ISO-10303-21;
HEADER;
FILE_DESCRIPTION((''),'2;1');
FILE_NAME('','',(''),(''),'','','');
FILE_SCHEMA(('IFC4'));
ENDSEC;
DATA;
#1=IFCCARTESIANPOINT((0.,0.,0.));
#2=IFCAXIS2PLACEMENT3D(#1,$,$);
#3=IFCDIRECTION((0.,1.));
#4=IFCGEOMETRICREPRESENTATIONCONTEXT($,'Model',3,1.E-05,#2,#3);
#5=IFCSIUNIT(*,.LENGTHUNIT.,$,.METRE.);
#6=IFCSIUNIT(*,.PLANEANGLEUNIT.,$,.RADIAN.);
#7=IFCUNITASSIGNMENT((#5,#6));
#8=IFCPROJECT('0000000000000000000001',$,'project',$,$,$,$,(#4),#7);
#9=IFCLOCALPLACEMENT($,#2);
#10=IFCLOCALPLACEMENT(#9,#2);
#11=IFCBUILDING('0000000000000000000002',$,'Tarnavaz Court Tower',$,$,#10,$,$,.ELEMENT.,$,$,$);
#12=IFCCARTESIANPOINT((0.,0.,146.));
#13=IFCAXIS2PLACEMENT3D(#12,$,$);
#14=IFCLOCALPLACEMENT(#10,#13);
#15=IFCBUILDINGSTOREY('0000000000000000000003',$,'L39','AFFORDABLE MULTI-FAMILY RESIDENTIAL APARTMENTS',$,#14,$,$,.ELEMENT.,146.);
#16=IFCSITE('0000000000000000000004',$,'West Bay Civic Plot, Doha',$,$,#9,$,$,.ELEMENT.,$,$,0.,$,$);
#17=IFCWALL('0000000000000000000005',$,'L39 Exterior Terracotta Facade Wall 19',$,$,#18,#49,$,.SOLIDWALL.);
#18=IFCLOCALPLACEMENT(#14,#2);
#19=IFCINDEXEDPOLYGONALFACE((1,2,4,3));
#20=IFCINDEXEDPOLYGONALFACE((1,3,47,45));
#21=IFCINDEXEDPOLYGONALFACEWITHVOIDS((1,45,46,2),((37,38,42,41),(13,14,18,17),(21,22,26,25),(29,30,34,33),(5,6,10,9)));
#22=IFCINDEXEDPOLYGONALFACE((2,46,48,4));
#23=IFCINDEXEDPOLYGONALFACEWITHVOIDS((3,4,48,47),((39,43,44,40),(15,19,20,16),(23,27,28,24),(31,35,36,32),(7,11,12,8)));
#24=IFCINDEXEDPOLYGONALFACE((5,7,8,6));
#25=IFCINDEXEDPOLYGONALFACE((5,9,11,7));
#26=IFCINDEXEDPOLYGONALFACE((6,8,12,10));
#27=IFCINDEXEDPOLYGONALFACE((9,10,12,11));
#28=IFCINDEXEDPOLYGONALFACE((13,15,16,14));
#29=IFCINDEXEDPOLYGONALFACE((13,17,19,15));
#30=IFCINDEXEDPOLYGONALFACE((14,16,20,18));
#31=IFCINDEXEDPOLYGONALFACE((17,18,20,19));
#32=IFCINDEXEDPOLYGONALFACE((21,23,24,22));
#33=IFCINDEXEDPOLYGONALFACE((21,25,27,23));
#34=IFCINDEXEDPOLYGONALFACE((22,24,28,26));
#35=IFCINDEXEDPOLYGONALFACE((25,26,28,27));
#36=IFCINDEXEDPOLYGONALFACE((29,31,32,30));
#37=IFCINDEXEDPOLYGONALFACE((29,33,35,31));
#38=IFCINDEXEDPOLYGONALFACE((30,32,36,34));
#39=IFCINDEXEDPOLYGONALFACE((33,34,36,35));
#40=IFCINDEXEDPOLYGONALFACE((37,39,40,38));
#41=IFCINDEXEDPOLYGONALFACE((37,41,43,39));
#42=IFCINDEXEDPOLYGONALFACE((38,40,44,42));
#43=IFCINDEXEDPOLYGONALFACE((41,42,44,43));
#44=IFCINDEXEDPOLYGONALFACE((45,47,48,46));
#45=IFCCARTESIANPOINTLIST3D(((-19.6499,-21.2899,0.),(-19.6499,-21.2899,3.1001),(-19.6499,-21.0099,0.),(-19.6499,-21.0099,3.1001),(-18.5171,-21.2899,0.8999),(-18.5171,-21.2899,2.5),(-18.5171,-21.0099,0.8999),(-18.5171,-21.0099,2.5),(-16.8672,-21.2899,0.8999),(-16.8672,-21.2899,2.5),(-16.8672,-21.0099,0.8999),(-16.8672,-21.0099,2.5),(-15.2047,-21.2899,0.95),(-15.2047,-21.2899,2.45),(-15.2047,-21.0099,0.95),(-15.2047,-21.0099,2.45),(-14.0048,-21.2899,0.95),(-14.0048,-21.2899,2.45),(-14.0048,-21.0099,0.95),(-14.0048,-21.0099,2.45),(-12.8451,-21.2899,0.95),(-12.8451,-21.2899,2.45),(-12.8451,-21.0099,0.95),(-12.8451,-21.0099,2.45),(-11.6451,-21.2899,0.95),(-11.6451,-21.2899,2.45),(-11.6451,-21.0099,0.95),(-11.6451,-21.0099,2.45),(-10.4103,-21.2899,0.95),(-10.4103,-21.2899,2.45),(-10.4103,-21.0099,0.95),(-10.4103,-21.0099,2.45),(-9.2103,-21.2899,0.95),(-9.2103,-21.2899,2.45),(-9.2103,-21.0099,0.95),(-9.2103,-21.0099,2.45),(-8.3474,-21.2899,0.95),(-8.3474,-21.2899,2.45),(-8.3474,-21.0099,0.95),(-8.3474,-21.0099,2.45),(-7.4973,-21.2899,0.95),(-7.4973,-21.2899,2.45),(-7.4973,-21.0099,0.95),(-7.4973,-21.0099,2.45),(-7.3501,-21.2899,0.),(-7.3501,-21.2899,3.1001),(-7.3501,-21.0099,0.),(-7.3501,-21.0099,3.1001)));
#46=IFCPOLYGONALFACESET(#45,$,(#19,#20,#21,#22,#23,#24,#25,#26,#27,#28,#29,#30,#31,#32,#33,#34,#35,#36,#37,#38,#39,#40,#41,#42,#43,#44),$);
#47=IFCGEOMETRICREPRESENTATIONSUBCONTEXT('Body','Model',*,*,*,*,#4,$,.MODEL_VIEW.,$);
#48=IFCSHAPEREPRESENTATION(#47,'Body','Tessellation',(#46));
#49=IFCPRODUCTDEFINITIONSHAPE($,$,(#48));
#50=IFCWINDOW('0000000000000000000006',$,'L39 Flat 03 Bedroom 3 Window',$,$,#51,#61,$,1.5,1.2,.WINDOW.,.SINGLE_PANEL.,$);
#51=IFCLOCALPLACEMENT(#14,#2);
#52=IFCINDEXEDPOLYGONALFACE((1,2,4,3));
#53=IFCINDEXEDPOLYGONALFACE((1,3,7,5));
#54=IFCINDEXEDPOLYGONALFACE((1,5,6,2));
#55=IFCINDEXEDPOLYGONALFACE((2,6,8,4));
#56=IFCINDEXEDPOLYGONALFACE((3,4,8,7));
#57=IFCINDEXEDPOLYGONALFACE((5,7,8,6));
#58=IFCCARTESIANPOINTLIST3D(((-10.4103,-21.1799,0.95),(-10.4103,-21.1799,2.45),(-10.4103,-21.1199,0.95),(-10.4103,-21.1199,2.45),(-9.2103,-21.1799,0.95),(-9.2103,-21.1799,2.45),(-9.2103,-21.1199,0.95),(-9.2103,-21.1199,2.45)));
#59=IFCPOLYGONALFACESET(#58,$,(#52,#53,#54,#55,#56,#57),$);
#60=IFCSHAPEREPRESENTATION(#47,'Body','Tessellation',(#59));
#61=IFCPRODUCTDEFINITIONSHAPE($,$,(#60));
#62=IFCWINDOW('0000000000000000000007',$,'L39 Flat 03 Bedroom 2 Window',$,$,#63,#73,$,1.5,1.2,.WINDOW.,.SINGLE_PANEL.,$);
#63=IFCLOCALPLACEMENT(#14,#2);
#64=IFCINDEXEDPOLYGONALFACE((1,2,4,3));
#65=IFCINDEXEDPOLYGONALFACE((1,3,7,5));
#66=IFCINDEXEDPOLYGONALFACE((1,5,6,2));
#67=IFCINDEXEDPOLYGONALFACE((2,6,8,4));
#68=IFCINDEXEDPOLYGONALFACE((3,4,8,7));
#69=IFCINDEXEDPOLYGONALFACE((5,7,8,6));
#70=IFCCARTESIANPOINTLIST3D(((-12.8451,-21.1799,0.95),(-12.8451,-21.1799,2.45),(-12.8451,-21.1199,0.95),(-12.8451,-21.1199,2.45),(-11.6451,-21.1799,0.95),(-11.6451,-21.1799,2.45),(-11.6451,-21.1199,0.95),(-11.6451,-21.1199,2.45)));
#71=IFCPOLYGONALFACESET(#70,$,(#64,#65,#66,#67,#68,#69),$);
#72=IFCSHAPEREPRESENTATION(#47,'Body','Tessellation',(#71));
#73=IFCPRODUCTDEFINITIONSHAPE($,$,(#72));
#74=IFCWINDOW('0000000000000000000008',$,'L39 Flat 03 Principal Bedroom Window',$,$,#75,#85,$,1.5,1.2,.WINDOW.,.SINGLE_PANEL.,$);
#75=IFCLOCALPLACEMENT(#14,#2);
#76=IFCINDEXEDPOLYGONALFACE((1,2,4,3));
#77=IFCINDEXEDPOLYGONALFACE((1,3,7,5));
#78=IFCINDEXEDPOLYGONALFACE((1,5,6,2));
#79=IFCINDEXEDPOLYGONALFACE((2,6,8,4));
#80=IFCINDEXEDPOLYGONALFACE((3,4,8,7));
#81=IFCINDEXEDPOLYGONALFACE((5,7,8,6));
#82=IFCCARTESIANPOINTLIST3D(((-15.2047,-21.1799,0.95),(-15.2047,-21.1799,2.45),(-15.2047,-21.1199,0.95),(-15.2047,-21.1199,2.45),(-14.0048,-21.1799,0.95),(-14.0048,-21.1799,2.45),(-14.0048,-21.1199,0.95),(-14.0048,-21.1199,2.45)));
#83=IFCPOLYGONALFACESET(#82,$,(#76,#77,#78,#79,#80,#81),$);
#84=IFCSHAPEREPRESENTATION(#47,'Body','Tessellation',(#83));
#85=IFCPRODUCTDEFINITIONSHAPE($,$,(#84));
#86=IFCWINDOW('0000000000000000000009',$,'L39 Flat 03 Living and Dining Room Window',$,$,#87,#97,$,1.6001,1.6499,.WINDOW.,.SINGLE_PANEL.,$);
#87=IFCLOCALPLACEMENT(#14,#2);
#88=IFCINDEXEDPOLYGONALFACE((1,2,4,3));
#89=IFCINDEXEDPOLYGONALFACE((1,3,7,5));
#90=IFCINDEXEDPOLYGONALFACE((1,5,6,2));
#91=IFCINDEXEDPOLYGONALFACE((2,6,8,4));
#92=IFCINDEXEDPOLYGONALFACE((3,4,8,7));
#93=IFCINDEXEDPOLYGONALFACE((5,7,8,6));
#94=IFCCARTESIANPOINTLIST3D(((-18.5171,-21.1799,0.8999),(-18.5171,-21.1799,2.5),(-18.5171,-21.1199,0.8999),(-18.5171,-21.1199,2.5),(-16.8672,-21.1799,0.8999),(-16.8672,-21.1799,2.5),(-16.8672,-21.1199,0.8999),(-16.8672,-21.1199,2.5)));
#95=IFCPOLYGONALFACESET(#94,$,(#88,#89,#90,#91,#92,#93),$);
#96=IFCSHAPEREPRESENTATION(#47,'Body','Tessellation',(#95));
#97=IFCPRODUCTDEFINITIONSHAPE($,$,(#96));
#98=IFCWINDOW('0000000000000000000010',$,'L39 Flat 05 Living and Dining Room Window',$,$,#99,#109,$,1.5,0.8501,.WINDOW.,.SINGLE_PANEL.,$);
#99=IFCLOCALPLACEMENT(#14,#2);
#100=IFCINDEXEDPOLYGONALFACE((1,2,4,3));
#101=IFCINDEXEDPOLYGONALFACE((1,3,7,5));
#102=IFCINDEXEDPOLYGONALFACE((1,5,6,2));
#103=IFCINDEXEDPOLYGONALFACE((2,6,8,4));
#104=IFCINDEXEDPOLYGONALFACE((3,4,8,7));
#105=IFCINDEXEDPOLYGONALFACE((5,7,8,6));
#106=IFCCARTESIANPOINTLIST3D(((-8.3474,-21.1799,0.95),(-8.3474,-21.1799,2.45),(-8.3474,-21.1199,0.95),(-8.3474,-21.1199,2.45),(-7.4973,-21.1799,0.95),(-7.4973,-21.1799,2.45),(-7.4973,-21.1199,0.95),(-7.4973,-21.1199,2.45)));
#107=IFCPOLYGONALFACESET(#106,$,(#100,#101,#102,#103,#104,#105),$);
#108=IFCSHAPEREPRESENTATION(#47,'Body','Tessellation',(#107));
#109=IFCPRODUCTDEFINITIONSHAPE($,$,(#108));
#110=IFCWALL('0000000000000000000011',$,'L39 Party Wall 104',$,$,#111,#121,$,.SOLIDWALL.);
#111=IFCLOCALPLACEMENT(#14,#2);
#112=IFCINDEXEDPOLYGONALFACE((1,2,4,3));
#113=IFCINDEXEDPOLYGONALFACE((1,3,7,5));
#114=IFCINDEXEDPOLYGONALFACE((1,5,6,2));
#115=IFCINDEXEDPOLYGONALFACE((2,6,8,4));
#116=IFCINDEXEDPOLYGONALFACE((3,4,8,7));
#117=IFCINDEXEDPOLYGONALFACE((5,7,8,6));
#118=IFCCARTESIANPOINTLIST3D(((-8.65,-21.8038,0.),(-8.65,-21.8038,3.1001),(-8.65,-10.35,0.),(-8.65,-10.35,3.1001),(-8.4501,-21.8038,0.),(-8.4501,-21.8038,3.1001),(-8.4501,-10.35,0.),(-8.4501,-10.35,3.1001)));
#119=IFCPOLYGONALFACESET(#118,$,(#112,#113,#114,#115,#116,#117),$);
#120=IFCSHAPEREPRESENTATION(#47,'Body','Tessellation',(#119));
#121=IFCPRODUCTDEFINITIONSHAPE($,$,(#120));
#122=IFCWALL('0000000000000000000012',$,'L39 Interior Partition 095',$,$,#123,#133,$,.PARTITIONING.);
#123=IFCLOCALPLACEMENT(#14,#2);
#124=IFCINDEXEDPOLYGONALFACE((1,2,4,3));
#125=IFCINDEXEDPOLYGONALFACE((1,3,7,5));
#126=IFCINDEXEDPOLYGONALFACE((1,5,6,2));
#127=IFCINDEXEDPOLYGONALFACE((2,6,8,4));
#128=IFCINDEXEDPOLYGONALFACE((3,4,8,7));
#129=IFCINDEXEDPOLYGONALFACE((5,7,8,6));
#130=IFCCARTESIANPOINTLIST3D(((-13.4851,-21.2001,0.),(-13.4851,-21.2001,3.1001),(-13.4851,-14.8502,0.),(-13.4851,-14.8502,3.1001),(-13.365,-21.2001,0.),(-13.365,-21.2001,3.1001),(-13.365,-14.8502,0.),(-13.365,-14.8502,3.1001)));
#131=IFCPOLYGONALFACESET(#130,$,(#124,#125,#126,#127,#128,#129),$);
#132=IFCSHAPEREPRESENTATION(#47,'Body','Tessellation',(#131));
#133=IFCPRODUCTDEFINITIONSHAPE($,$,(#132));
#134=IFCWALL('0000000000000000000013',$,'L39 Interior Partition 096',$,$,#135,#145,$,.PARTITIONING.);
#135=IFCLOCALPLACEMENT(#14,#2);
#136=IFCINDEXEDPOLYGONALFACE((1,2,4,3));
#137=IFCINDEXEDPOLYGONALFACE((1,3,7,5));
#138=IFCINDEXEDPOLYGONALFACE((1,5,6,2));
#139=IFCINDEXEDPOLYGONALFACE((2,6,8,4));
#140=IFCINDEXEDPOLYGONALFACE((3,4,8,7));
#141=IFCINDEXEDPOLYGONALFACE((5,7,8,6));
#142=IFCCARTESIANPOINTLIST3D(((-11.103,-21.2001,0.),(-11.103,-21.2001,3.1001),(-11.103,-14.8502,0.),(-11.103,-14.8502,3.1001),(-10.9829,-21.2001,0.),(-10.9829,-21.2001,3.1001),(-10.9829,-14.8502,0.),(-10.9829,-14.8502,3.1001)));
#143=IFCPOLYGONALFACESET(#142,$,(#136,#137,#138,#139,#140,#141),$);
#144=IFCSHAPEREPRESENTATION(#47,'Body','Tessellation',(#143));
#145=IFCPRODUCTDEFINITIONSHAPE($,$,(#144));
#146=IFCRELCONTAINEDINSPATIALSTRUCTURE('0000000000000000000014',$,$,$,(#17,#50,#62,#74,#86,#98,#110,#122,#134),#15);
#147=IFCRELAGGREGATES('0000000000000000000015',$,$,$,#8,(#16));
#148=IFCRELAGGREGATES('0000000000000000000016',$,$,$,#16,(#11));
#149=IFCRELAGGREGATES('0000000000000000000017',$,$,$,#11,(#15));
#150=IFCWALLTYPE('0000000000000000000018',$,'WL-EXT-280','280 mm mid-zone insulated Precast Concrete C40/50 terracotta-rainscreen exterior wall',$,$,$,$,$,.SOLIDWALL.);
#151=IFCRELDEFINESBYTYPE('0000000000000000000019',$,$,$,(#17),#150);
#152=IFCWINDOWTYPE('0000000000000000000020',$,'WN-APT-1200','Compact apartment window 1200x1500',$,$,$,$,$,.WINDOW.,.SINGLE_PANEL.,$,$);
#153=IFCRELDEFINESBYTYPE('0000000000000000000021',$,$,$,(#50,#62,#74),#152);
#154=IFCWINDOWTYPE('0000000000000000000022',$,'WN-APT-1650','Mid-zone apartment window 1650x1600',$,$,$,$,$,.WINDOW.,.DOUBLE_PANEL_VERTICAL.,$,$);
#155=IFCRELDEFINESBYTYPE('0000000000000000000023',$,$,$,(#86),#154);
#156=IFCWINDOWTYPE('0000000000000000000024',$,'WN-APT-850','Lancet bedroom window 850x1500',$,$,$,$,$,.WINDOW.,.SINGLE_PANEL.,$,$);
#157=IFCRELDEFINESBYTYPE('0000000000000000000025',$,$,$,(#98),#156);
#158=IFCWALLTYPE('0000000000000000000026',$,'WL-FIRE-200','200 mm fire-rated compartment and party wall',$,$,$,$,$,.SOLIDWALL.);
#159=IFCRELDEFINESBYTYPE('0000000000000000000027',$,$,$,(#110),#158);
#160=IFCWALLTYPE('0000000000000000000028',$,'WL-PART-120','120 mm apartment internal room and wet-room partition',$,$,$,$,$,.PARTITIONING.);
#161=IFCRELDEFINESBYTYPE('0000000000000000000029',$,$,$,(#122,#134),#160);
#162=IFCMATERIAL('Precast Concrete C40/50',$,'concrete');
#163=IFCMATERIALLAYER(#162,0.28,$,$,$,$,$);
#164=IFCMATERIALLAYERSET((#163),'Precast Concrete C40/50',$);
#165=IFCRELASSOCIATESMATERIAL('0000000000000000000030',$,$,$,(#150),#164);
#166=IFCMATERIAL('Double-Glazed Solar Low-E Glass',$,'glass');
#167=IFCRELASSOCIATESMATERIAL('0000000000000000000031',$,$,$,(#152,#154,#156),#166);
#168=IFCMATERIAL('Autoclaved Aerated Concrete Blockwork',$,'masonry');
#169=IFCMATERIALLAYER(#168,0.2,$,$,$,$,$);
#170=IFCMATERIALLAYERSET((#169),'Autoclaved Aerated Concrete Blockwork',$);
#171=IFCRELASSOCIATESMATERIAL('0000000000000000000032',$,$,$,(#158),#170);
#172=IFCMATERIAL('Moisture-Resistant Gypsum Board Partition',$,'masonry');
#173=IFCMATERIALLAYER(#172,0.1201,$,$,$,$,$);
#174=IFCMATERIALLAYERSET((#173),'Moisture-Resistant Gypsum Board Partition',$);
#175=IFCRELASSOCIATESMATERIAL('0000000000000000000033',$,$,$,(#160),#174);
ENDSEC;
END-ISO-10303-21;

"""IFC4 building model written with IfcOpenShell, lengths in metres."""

from ifc_helpers import new_model, si_unit, direction, frame, frame_2d, origin, place, context, subcontext, project, spatial, rectangle, extrude, material, layer, layer_set, type_object, element, fill, save


model = new_model("IFC4")

# Units and contexts
model_context = context("Model", 3, precision=1e-05, world=origin(), true_north=direction((0.0, 1.0)))
body_context = subcontext(model_context, "Body", "Model", "MODEL_VIEW")
ifc_project = project(units=[si_unit("LENGTHUNIT", "METRE"), si_unit("PLANEANGLEUNIT", "RADIAN")], contexts=[model_context])

# Site, building, storey
site_placement = place(None, origin())
site = spatial("IfcSite", under=ifc_project, at=site_placement, Name="West Bay Civic Plot, Doha", CompositionType="ELEMENT", RefElevation=0.0)
building_placement = place(site_placement, origin())
building = spatial("IfcBuilding", under=site, at=building_placement, Name="Tarnavaz Court Tower", CompositionType="ELEMENT")
storey_placement = place(building_placement, frame((0.0, 0.0, 146.0)))
storey = spatial("IfcBuildingStorey", under=building, at=storey_placement, Name="L39", Description="AFFORDABLE MULTI-FAMILY RESIDENTIAL APARTMENTS", CompositionType="ELEMENT", Elevation=146.0)

# Shared definitions
ifc_material_1 = material(Name="Double-Glazed Solar Low-E Glass", Category="glass")

# Shared definitions
ifc_material_2 = material(Name="Precast Concrete C40/50", Category="concrete")
ifc_layer_1 = layer(ifc_material_2, 0.28)
ifc_layer_set_1 = layer_set([ifc_layer_1], Name="Precast Concrete C40/50")
wall_type_1 = type_object("IfcWallType", Name="WL-EXT-280", Description="280 mm mid-zone insulated Precast Concrete C40/50 terracotta-rainscreen exterior wall", PredefinedType="SOLIDWALL", material=ifc_layer_set_1)
window_type_1 = type_object("IfcWindowType", Name="WN-APT-1200", Description="Compact apartment window 1200x1500", PartitioningType="SINGLE_PANEL", PredefinedType="WINDOW", material=ifc_material_1)

# Wall, openings, windows
wall_1_placement = place(storey_placement, frame((-7.3501, -21.1499, 0.0), z_axis=(0.0, 0.0, 1.0), x_axis=(-1.0, 0.0, 0.0)))
wall_1 = element("IfcWall", 1, at=wall_1_placement, inside=storey, type_object=wall_type_1, Name="L39 Exterior Terracotta Facade Wall 19", PredefinedType="SOLIDWALL", context=body_context, shape_type="SweptSolid", body=[
    extrude(rectangle(XDim=12.2998, YDim=0.28, at=frame_2d((6.1499, 0.0))), origin(), (0.0, 0.0, 1.0), 3.1001),
])
opening_1_placement = place(wall_1_placement, frame((0.1472, 0.0, 0.95)))
opening_1 = element("IfcOpeningElement", 2, at=opening_1_placement, cuts=wall_1, PredefinedType="OPENING", context=body_context, shape_type="SweptSolid", body=[
    extrude(rectangle(XDim=0.8501, YDim=1.5, at=frame_2d((0.425, 0.75))), frame((0.0, 0.1499, 0.0), z_axis=(0.0, -1.0, 0.0), x_axis=(1.0, 0.0, 0.0)), (0.0, 0.0, 1.0), 0.3),
])
opening_2_placement = place(wall_1_placement, frame((1.8601, 0.0, 0.95)))
opening_2 = element("IfcOpeningElement", 3, at=opening_2_placement, cuts=wall_1, PredefinedType="OPENING", context=body_context, shape_type="SweptSolid", body=[
    extrude(rectangle(XDim=1.2, YDim=1.5, at=frame_2d((0.6001, 0.75))), frame((0.0, 0.1499, 0.0), z_axis=(0.0, -1.0, 0.0), x_axis=(1.0, 0.0, 0.0)), (0.0, 0.0, 1.0), 0.3),
])
opening_3_placement = place(wall_1_placement, frame((4.2949, 0.0, 0.95)))
opening_3 = element("IfcOpeningElement", 4, at=opening_3_placement, cuts=wall_1, PredefinedType="OPENING", context=body_context, shape_type="SweptSolid", body=[
    extrude(rectangle(XDim=1.2, YDim=1.5, at=frame_2d((0.6001, 0.75))), frame((0.0, 0.1499, 0.0), z_axis=(0.0, -1.0, 0.0), x_axis=(1.0, 0.0, 0.0)), (0.0, 0.0, 1.0), 0.3),
])
opening_4_placement = place(wall_1_placement, frame((6.6545, 0.0, 0.95)))
opening_4 = element("IfcOpeningElement", 5, at=opening_4_placement, cuts=wall_1, PredefinedType="OPENING", context=body_context, shape_type="SweptSolid", body=[
    extrude(rectangle(XDim=1.2, YDim=1.5, at=frame_2d((0.6001, 0.75))), frame((0.0, 0.1499, 0.0), z_axis=(0.0, -1.0, 0.0), x_axis=(1.0, 0.0, 0.0)), (0.0, 0.0, 1.0), 0.3),
])
opening_5_placement = place(wall_1_placement, frame((9.5171, 0.0, 0.8999)))
opening_5 = element("IfcOpeningElement", 6, at=opening_5_placement, cuts=wall_1, PredefinedType="OPENING", context=body_context, shape_type="SweptSolid", body=[
    extrude(rectangle(XDim=1.6499, YDim=1.6001, at=frame_2d((0.825, 0.8))), frame((0.0, 0.1499, 0.0), z_axis=(0.0, -1.0, 0.0), x_axis=(1.0, 0.0, 0.0)), (0.0, 0.0, 1.0), 0.3),
])
window_1_placement = place(opening_2_placement, origin())
window_1 = element("IfcWindow", 7, at=window_1_placement, inside=storey, type_object=window_type_1, Name="L39 Flat 03 Bedroom 3 Window", OverallHeight=1.5, OverallWidth=1.2, PartitioningType="SINGLE_PANEL", PredefinedType="WINDOW", context=body_context, shape_type="SweptSolid", body=[
    extrude(rectangle(XDim=1.2, YDim=1.5, at=frame_2d((0.6001, 0.75))), frame((0.0, 0.03, 0.0), z_axis=(0.0, -1.0, 0.0), x_axis=(1.0, 0.0, 0.0)), (0.0, 0.0, 1.0), 0.0601),
])
fill(opening_2, window_1)
window_2_placement = place(opening_3_placement, origin())
window_2 = element("IfcWindow", 8, at=window_2_placement, inside=storey, type_object=window_type_1, Name="L39 Flat 03 Bedroom 2 Window", OverallHeight=1.5, OverallWidth=1.2, PartitioningType="SINGLE_PANEL", PredefinedType="WINDOW", context=body_context, shape_type="SweptSolid", body=[
    extrude(rectangle(XDim=1.2, YDim=1.5, at=frame_2d((0.6001, 0.75))), frame((0.0, 0.03, 0.0), z_axis=(0.0, -1.0, 0.0), x_axis=(1.0, 0.0, 0.0)), (0.0, 0.0, 1.0), 0.0601),
])
fill(opening_3, window_2)
window_3_placement = place(opening_4_placement, origin())
window_3 = element("IfcWindow", 9, at=window_3_placement, inside=storey, type_object=window_type_1, Name="L39 Flat 03 Principal Bedroom Window", OverallHeight=1.5, OverallWidth=1.2, PartitioningType="SINGLE_PANEL", PredefinedType="WINDOW", context=body_context, shape_type="SweptSolid", body=[
    extrude(rectangle(XDim=1.2, YDim=1.5, at=frame_2d((0.6001, 0.75))), frame((0.0, 0.03, 0.0), z_axis=(0.0, -1.0, 0.0), x_axis=(1.0, 0.0, 0.0)), (0.0, 0.0, 1.0), 0.0601),
])
fill(opening_4, window_3)
window_type_2 = type_object("IfcWindowType", Name="WN-APT-1650", Description="Mid-zone apartment window 1650x1600", PartitioningType="DOUBLE_PANEL_VERTICAL", PredefinedType="WINDOW", material=ifc_material_1)
window_4_placement = place(opening_5_placement, origin())
window_4 = element("IfcWindow", 10, at=window_4_placement, inside=storey, type_object=window_type_2, Name="L39 Flat 03 Living and Dining Room Window", OverallHeight=1.6001, OverallWidth=1.6499, PartitioningType="SINGLE_PANEL", PredefinedType="WINDOW", context=body_context, shape_type="SweptSolid", body=[
    extrude(rectangle(XDim=1.6499, YDim=1.6001, at=frame_2d((0.825, 0.8))), frame((0.0, 0.03, 0.0), z_axis=(0.0, -1.0, 0.0), x_axis=(1.0, 0.0, 0.0)), (0.0, 0.0, 1.0), 0.0601),
])
fill(opening_5, window_4)
window_type_3 = type_object("IfcWindowType", Name="WN-APT-850", Description="Lancet bedroom window 850x1500", PartitioningType="SINGLE_PANEL", PredefinedType="WINDOW", material=ifc_material_1)
window_5_placement = place(opening_1_placement, origin())
window_5 = element("IfcWindow", 11, at=window_5_placement, inside=storey, type_object=window_type_3, Name="L39 Flat 05 Living and Dining Room Window", OverallHeight=1.5, OverallWidth=0.8501, PartitioningType="SINGLE_PANEL", PredefinedType="WINDOW", context=body_context, shape_type="SweptSolid", body=[
    extrude(rectangle(XDim=0.8501, YDim=1.5, at=frame_2d((0.425, 0.75))), frame((0.0, 0.03, 0.0), z_axis=(0.0, -1.0, 0.0), x_axis=(1.0, 0.0, 0.0)), (0.0, 0.0, 1.0), 0.0601),
])
fill(opening_1, window_5)

# Walls
ifc_material_3 = material(Name="Autoclaved Aerated Concrete Blockwork", Category="masonry")
ifc_layer_2 = layer(ifc_material_3, 0.2)
ifc_layer_set_2 = layer_set([ifc_layer_2], Name="Autoclaved Aerated Concrete Blockwork")
wall_type_2 = type_object("IfcWallType", Name="WL-FIRE-200", Description="200 mm fire-rated compartment and party wall", PredefinedType="SOLIDWALL", material=ifc_layer_set_2)
wall_2_placement = place(storey_placement, frame((-8.55, -21.804, 0.0), z_axis=(0.0, 0.0, 1.0), x_axis=(0.0, 1.0, 0.0)))
element("IfcWall", 12, at=wall_2_placement, inside=storey, type_object=wall_type_2, Name="L39 Party Wall 104", PredefinedType="SOLIDWALL", context=body_context, shape_type="SweptSolid", body=[
    extrude(rectangle(XDim=11.4539, YDim=0.2, at=frame_2d((5.7271, 0.0))), origin(), (0.0, 0.0, 1.0), 3.1001),
])
ifc_material_4 = material(Name="Moisture-Resistant Gypsum Board Partition", Category="masonry")
ifc_layer_3 = layer(ifc_material_4, 0.1201)
ifc_layer_set_3 = layer_set([ifc_layer_3], Name="Moisture-Resistant Gypsum Board Partition")
wall_type_3 = type_object("IfcWallType", Name="WL-PART-120", Description="120 mm apartment internal room and wet-room partition", PredefinedType="PARTITIONING", material=ifc_layer_set_3)
for number, where, z_axis, x_axis, name in (
    (13, (-13.425, -21.2, 0.0), (0.0, 0.0, 1.0), (0.0, 1.0, 0.0), "L39 Interior Partition 095"),
    (14, (-11.043, -21.2, 0.0), (0.0, 0.0, 1.0), (0.0, 1.0, 0.0), "L39 Interior Partition 096"),
):
    element("IfcWall", number, at=place(storey_placement, frame(where, z_axis=z_axis, x_axis=x_axis)), inside=storey, type_object=wall_type_3, Name=name, PredefinedType="PARTITIONING", context=body_context, shape_type="SweptSolid", body=[
        extrude(rectangle(XDim=6.3499, YDim=0.1201, at=frame_2d((3.1748, 0.0))), origin(), (0.0, 0.0, 1.0), 3.1001),
    ])

save(model, "model.ifc")
